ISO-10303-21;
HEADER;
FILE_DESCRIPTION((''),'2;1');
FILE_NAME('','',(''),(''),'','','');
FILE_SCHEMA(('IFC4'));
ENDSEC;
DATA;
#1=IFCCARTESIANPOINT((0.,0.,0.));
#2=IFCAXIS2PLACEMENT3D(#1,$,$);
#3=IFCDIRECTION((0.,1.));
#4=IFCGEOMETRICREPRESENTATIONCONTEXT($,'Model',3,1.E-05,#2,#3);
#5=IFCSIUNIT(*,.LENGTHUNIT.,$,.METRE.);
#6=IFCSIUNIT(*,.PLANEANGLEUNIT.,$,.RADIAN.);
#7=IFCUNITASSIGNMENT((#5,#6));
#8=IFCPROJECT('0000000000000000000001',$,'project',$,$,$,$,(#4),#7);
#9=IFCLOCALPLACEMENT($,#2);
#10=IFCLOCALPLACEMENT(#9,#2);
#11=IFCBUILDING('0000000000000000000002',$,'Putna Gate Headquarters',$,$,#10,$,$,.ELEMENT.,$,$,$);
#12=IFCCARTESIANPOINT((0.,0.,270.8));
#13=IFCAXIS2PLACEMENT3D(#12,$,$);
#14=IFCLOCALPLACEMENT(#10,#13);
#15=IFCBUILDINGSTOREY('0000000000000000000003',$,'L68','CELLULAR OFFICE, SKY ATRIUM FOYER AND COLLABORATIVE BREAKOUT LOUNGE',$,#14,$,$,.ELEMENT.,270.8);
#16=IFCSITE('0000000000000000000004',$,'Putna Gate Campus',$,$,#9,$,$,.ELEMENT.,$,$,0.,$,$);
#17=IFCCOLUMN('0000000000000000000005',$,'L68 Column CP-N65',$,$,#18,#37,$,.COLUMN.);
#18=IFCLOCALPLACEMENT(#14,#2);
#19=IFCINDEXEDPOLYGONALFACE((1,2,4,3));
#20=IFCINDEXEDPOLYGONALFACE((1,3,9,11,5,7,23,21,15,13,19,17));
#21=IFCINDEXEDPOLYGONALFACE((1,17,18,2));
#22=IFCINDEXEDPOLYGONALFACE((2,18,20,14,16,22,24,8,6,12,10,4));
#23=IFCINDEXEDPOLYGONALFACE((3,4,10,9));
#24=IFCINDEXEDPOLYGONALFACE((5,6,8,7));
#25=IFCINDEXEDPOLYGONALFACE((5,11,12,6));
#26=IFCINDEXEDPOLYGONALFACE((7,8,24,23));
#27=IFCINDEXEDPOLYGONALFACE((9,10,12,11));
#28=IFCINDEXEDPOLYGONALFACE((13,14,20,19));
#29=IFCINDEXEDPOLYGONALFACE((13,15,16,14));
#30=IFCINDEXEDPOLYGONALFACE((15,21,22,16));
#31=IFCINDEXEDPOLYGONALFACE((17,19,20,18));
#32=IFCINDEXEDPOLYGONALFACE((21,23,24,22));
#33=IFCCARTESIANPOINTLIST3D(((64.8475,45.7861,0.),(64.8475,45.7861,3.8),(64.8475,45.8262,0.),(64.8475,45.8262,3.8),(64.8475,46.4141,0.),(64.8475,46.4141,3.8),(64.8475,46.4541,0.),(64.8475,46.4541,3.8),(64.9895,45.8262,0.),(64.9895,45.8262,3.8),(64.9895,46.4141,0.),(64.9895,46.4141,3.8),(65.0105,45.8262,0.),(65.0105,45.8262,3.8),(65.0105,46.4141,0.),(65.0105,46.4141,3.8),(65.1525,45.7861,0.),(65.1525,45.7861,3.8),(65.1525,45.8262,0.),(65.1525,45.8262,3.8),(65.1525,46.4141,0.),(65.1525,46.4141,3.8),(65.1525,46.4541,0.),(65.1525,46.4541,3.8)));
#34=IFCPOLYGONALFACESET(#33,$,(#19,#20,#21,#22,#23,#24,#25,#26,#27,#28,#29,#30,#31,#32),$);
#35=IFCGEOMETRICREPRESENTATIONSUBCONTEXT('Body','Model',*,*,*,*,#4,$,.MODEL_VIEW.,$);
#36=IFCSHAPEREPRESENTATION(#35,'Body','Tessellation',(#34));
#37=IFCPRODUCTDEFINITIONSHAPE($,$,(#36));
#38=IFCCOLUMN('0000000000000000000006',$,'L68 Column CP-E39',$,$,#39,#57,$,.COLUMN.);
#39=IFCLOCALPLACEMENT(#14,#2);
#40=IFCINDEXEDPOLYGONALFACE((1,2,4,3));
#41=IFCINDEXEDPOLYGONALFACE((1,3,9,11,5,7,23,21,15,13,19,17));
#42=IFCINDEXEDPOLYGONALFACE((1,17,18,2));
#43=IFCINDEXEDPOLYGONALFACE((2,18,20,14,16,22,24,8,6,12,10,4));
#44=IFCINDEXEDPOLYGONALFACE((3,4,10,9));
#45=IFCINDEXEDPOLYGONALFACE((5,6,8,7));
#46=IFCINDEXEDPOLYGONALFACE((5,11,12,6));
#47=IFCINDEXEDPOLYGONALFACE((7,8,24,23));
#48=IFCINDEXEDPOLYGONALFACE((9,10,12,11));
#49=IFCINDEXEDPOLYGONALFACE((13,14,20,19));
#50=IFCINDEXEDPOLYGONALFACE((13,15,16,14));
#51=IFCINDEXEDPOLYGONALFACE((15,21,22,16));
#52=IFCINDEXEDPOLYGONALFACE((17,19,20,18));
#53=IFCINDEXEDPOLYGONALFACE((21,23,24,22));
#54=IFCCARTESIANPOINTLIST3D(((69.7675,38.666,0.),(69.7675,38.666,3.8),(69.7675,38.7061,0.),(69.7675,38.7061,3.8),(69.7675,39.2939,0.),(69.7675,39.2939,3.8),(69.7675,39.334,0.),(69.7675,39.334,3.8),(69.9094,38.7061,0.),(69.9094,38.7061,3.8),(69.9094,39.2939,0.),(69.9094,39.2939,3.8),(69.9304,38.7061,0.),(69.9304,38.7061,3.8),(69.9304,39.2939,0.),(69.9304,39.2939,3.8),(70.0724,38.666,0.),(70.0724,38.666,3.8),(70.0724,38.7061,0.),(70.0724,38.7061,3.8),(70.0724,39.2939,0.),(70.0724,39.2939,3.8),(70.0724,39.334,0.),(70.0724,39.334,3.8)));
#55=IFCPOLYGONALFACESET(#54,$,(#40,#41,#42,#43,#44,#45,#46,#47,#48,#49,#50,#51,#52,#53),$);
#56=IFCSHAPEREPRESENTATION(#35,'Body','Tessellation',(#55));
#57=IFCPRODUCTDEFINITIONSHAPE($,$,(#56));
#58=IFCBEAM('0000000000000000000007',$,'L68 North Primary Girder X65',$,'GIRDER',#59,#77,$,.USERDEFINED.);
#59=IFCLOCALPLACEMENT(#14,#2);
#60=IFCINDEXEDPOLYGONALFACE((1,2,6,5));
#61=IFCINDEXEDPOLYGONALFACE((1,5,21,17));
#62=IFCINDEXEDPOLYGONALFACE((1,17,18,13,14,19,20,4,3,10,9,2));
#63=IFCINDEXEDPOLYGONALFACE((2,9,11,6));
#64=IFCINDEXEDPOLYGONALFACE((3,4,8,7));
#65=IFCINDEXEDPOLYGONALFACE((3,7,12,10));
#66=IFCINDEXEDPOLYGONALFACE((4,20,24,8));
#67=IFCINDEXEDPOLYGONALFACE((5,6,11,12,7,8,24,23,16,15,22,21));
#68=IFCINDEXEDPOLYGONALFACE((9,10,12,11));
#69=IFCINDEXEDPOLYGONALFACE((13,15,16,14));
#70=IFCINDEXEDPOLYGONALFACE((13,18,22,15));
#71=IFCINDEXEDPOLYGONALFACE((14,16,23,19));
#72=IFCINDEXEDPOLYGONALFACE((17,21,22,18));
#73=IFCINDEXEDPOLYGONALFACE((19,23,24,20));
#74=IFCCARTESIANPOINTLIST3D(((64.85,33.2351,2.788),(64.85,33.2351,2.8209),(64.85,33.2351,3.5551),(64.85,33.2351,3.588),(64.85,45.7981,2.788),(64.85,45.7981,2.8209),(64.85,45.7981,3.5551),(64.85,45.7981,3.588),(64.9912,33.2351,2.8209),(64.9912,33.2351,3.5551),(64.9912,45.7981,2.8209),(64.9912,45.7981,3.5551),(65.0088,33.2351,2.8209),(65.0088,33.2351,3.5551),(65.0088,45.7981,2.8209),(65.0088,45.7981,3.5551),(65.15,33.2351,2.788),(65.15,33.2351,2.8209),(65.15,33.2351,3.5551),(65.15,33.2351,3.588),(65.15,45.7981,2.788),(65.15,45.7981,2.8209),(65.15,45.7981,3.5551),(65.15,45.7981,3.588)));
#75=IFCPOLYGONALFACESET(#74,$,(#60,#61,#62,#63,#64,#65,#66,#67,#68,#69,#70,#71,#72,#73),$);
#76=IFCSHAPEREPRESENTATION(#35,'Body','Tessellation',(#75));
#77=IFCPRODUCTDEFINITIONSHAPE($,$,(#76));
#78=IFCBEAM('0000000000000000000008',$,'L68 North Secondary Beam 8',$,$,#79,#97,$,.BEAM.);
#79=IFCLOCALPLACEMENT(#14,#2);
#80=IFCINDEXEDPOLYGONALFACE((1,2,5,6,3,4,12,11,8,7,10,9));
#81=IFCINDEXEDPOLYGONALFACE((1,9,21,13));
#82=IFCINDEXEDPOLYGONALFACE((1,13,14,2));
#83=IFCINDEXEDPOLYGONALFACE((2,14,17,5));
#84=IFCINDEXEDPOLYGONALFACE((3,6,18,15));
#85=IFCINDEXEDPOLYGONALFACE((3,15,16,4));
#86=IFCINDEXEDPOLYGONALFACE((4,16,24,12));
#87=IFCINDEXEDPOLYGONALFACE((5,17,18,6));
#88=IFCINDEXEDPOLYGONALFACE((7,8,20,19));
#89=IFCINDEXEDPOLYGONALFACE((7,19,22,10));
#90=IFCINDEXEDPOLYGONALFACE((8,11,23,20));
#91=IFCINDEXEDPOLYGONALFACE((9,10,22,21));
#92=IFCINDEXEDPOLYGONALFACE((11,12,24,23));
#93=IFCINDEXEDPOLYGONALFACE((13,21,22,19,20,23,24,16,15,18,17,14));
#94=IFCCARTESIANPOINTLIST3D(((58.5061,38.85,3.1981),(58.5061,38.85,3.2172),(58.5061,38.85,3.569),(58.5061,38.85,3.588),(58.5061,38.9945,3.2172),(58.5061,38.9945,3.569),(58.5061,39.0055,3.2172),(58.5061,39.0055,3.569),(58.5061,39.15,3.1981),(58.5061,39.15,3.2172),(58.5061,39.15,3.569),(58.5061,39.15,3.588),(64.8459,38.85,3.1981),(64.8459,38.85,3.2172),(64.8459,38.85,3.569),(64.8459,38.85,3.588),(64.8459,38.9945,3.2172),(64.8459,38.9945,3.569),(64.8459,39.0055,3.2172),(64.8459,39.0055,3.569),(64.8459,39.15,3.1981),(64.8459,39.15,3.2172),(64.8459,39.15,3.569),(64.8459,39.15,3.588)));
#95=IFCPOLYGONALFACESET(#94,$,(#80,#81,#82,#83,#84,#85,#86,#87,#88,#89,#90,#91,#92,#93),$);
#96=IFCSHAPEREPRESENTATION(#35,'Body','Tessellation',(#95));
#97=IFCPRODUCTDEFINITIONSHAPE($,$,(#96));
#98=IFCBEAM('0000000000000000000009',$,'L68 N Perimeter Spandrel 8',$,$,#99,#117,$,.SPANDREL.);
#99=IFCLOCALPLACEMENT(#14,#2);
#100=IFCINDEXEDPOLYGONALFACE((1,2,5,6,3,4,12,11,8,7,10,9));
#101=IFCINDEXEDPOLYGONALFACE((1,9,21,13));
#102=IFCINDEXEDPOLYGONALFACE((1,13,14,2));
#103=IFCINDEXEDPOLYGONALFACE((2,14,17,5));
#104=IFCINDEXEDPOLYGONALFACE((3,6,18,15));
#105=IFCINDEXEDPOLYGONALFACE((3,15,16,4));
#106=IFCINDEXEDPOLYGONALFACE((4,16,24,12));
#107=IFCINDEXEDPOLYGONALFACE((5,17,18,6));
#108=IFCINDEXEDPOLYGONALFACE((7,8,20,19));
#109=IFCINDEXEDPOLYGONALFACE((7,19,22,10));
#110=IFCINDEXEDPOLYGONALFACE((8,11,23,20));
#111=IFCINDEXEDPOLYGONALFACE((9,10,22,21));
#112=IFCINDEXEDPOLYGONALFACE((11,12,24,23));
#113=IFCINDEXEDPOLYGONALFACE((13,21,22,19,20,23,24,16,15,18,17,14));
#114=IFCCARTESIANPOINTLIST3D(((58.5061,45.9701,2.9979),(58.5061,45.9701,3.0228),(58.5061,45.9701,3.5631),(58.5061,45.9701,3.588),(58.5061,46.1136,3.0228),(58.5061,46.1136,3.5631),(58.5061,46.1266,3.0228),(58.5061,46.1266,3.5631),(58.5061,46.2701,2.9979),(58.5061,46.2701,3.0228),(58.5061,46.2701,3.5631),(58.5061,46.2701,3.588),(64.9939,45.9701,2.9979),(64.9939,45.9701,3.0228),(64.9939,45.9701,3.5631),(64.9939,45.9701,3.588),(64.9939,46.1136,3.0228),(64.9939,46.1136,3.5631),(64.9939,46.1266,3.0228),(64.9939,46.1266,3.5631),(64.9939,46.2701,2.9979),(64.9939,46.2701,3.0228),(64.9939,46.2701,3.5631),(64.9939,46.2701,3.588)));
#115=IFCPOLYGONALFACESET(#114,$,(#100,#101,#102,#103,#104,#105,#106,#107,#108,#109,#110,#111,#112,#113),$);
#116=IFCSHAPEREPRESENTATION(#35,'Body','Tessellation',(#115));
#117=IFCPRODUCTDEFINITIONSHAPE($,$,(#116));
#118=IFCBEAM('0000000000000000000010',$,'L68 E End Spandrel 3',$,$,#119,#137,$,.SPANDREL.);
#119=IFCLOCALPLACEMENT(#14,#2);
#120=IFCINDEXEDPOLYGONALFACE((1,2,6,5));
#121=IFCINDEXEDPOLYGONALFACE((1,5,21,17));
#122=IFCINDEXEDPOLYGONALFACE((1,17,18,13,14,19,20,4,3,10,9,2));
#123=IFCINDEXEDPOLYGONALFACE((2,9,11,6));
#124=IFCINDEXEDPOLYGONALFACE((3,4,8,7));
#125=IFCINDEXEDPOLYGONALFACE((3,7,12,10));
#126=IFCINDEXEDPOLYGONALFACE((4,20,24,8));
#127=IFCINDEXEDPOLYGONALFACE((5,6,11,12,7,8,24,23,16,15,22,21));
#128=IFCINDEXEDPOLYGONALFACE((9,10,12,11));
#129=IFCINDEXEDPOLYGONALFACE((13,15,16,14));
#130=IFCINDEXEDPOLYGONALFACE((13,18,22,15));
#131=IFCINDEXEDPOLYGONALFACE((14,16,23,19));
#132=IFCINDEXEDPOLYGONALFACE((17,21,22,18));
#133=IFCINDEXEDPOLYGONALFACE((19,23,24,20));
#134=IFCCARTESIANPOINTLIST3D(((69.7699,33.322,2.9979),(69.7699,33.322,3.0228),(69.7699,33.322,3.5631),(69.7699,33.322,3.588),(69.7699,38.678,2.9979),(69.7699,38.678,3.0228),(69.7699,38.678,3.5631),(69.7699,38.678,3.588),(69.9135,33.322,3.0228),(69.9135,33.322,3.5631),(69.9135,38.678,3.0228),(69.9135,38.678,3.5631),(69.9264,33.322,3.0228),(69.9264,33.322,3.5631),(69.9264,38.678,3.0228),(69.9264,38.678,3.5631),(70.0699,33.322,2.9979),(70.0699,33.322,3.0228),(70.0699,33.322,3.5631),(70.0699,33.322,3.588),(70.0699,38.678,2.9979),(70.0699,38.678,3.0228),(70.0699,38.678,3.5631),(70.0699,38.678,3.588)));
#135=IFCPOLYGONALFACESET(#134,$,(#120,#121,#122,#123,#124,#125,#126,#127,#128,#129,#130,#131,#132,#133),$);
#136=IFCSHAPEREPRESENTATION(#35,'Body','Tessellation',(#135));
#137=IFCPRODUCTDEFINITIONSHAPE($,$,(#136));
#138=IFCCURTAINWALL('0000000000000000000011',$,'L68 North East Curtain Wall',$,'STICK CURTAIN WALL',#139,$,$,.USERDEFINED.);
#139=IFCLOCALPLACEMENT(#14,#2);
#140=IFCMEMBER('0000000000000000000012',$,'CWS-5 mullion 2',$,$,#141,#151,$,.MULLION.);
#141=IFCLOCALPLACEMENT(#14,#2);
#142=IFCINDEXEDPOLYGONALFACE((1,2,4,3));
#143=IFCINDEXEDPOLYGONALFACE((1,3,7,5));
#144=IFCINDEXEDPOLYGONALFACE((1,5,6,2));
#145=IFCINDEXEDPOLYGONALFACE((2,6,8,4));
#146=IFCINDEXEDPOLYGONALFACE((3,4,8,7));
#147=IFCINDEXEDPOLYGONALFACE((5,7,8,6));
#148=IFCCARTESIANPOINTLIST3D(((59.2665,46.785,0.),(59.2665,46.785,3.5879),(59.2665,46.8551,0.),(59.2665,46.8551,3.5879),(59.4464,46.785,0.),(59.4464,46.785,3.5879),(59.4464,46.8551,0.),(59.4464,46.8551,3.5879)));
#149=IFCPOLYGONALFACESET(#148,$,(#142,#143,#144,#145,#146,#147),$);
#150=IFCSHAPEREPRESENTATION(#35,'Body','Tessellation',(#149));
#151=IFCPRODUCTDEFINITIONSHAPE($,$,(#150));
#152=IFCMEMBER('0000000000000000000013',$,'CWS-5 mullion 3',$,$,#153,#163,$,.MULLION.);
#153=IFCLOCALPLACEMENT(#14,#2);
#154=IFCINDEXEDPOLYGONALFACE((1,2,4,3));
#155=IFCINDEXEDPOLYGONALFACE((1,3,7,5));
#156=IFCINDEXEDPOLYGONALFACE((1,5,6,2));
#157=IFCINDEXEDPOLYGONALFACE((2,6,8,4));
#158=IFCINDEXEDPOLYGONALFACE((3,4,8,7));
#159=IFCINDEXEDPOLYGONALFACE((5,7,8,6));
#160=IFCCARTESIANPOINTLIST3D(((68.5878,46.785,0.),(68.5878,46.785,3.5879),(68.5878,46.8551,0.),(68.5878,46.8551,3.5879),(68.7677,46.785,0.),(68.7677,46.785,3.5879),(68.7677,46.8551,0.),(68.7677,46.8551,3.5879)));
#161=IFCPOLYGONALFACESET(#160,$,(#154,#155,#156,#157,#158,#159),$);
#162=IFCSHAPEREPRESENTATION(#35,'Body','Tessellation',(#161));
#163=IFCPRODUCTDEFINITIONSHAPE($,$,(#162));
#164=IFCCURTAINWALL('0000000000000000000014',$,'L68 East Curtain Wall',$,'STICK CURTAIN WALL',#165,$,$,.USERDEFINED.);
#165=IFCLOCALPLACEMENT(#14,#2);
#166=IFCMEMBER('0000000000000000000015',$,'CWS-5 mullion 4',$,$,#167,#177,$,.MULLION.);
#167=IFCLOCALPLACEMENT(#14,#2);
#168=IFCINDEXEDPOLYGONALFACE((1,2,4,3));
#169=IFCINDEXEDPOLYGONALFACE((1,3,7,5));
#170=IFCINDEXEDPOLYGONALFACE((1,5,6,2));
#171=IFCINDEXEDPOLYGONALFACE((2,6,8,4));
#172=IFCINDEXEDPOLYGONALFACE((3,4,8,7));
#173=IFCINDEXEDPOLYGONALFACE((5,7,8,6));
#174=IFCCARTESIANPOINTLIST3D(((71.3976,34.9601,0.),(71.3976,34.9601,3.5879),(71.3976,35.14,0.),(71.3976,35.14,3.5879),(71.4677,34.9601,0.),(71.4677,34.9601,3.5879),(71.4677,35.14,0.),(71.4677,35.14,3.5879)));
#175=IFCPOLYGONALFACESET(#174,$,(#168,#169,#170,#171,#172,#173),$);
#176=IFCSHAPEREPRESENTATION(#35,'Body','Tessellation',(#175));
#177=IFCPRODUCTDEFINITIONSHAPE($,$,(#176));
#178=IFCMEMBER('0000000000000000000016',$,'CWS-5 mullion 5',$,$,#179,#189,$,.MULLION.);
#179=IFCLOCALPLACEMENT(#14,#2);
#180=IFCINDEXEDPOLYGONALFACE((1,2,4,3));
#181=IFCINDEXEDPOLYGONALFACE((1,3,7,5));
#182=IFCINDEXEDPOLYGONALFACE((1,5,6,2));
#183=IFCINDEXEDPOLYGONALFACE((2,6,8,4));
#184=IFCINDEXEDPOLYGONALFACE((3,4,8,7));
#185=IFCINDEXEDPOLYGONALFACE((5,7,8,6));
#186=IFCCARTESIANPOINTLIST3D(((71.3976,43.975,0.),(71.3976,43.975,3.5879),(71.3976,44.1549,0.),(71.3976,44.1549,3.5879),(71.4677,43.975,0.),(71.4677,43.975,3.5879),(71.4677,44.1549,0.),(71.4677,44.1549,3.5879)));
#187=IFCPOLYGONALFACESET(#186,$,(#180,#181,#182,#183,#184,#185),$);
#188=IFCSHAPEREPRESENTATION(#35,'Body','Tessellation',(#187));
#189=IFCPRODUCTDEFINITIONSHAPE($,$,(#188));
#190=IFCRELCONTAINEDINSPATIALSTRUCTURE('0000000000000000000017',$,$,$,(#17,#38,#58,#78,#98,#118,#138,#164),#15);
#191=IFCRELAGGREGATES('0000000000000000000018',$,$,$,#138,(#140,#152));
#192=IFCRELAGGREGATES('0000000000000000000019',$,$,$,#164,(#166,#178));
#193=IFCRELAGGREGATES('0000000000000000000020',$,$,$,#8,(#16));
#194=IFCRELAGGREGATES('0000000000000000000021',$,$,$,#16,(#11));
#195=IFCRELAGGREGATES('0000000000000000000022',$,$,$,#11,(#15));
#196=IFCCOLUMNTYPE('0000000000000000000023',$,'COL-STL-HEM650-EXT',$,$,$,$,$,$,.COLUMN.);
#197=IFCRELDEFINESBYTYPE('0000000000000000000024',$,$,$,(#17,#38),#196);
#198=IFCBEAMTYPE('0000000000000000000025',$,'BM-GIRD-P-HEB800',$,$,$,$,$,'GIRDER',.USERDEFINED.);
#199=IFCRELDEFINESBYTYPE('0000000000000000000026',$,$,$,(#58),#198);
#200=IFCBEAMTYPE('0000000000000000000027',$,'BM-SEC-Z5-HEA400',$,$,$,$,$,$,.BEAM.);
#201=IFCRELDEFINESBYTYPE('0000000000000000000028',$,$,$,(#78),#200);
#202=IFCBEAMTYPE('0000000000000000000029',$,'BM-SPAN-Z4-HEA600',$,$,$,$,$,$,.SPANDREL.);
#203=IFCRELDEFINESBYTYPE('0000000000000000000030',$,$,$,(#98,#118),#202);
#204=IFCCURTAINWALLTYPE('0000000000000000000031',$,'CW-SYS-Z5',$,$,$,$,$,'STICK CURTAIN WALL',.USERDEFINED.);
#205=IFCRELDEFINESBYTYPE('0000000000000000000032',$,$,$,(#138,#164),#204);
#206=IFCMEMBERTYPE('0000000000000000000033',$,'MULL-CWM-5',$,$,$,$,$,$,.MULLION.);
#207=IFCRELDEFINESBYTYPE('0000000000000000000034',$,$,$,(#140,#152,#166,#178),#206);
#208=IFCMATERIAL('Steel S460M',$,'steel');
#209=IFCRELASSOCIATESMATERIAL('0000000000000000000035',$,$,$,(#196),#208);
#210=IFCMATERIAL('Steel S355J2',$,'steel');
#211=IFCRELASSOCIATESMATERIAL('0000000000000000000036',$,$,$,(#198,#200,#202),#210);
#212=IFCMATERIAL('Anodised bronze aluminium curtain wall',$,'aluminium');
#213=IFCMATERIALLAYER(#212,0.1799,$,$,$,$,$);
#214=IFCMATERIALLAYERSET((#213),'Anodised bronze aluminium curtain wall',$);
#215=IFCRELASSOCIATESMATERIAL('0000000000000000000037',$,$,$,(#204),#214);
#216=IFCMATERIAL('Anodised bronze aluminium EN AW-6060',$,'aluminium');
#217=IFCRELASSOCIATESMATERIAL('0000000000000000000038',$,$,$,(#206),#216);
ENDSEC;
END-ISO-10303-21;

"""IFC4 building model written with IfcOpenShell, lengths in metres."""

from ifc_helpers import new_model, si_unit, direction, frame, origin, origin_2d, place, context, subcontext, project, spatial, rectangle, i_section, extrude, material, layer, layer_set, material_profile, profile_set, type_object, element, aggregate, save


model = new_model("IFC4")

# Units and contexts
model_context = context("Model", 3, precision=1e-05, world=origin(), true_north=direction((0.0, 1.0)))
body_context = subcontext(model_context, "Body", "Model", "MODEL_VIEW")
ifc_project = project(units=[si_unit("LENGTHUNIT", "METRE"), si_unit("PLANEANGLEUNIT", "RADIAN")], contexts=[model_context])

# Site, building, storey
site_placement = place(None, origin())
site = spatial("IfcSite", under=ifc_project, at=site_placement, Name="Putna Gate Campus", CompositionType="ELEMENT", RefElevation=0.0)
building_placement = place(site_placement, origin())
building = spatial("IfcBuilding", under=site, at=building_placement, Name="Putna Gate Headquarters", CompositionType="ELEMENT")
storey_placement = place(building_placement, frame((0.0, 0.0, 270.8)))
storey = spatial("IfcBuildingStorey", under=building, at=storey_placement, Name="L68", Description="CELLULAR OFFICE, SKY ATRIUM FOYER AND COLLABORATIVE BREAKOUT LOUNGE", CompositionType="ELEMENT", Elevation=270.8)

# Columns
ifc_material_1 = material(Name="Steel S460M", Category="steel")
ifc_material_profile_1 = material_profile(ifc_material_1, i_section(OverallWidth=0.3049, OverallDepth=0.668, WebThickness=0.021, FlangeThickness=0.04, at=origin_2d()), Name="Steel S460M")
ifc_profile_set_1 = profile_set([ifc_material_profile_1], Name="Steel S460M")
column_type = type_object("IfcColumnType", Name="COL-STL-HEM650-EXT", PredefinedType="COLUMN", material=ifc_profile_set_1)
for number, where, z_axis, x_axis, name in (
    (1, (65.0, 46.1201, 0.0), (0.0, 0.0, 1.0), (1.0, 0.0, 0.0), "L68 Column CP-N65"),
    (2, (69.9199, 39.0, 0.0), (0.0, 0.0, 1.0), (1.0, 0.0, 0.0), "L68 Column CP-E39"),
):
    element("IfcColumn", number, at=place(storey_placement, frame(where, z_axis=z_axis, x_axis=x_axis)), inside=storey, type_object=column_type, Name=name, PredefinedType="COLUMN", context=body_context, shape_type="SweptSolid", body=[
        extrude(i_section(OverallWidth=0.3049, OverallDepth=0.668, WebThickness=0.021, FlangeThickness=0.04, at=origin_2d()), origin(), (0.0, 0.0, 1.0), 3.8),
    ])

# Beams
ifc_material_2 = material(Name="Steel S355J2", Category="steel")
ifc_material_profile_2 = material_profile(ifc_material_2, i_section(OverallWidth=0.3, OverallDepth=0.8, WebThickness=0.0176, FlangeThickness=0.033, at=origin_2d()), Name="Steel S355J2")
ifc_profile_set_2 = profile_set([ifc_material_profile_2], Name="Steel S355J2")
beam_type_1 = type_object("IfcBeamType", Name="BM-GIRD-P-HEB800", ElementType="GIRDER", PredefinedType="USERDEFINED", material=ifc_profile_set_2)
beam_1_placement = place(storey_placement, frame((65.0, 33.2351, 3.188), z_axis=(0.0, 1.0, 0.0), x_axis=(-1.0, 0.0, 0.0)))
element("IfcBeam", 3, at=beam_1_placement, inside=storey, type_object=beam_type_1, Name="L68 North Primary Girder X65", ObjectType="GIRDER", PredefinedType="USERDEFINED", context=body_context, shape_type="SweptSolid", body=[
    extrude(i_section(OverallWidth=0.3, OverallDepth=0.8, WebThickness=0.0176, FlangeThickness=0.033, at=origin_2d()), origin(), (0.0, 0.0, 1.0), 12.563),
])
ifc_material_profile_3 = material_profile(ifc_material_2, i_section(OverallWidth=0.3, OverallDepth=0.3899, WebThickness=0.011, FlangeThickness=0.019, at=origin_2d()), Name="Steel S355J2")
ifc_profile_set_3 = profile_set([ifc_material_profile_3], Name="Steel S355J2")
beam_type_2 = type_object("IfcBeamType", Name="BM-SEC-Z5-HEA400", PredefinedType="BEAM", material=ifc_profile_set_3)
beam_2_placement = place(storey_placement, frame((58.5061, 39.0, 3.3931), z_axis=(1.0, 0.0, 0.0), x_axis=(0.0, 1.0, 0.0)))
element("IfcBeam", 4, at=beam_2_placement, inside=storey, type_object=beam_type_2, Name="L68 North Secondary Beam 8", PredefinedType="BEAM", context=body_context, shape_type="SweptSolid", body=[
    extrude(i_section(OverallWidth=0.3, OverallDepth=0.3899, WebThickness=0.011, FlangeThickness=0.019, at=origin_2d()), origin(), (0.0, 0.0, 1.0), 6.3398),
])
ifc_material_profile_4 = material_profile(ifc_material_2, i_section(OverallWidth=0.3, OverallDepth=0.5901, WebThickness=0.0129, FlangeThickness=0.0249, at=origin_2d()), Name="Steel S355J2")
ifc_profile_set_4 = profile_set([ifc_material_profile_4], Name="Steel S355J2")
beam_type_3 = type_object("IfcBeamType", Name="BM-SPAN-Z4-HEA600", PredefinedType="SPANDREL", material=ifc_profile_set_4)
beam_3_placement = place(storey_placement, frame((58.5061, 46.1201, 3.293), z_axis=(1.0, 0.0, 0.0), x_axis=(0.0, 1.0, 0.0)))
element("IfcBeam", 5, at=beam_3_placement, inside=storey, type_object=beam_type_3, Name="L68 N Perimeter Spandrel 8", PredefinedType="SPANDREL", context=body_context, shape_type="SweptSolid", body=[
    extrude(i_section(OverallWidth=0.3, OverallDepth=0.5901, WebThickness=0.0129, FlangeThickness=0.0249, at=origin_2d()), origin(), (0.0, 0.0, 1.0), 6.4878),
])
beam_4_placement = place(storey_placement, frame((69.9199, 33.322, 3.293), z_axis=(0.0, 1.0, 0.0), x_axis=(-1.0, 0.0, 0.0)))
element("IfcBeam", 6, at=beam_4_placement, inside=storey, type_object=beam_type_3, Name="L68 E End Spandrel 3", PredefinedType="SPANDREL", context=body_context, shape_type="SweptSolid", body=[
    extrude(i_section(OverallWidth=0.3, OverallDepth=0.5901, WebThickness=0.0129, FlangeThickness=0.0249, at=origin_2d()), origin(), (0.0, 0.0, 1.0), 5.356),
])

# Curtain walls, members
ifc_material_3 = material(Name="Anodised bronze aluminium curtain wall", Category="aluminium")
ifc_layer_1 = layer(ifc_material_3, 0.1799)
ifc_layer_set_1 = layer_set([ifc_layer_1], Name="Anodised bronze aluminium curtain wall")
curtain_wall_type = type_object("IfcCurtainWallType", Name="CW-SYS-Z5", ElementType="STICK CURTAIN WALL", PredefinedType="USERDEFINED", material=ifc_layer_set_1)
curtain_wall_1_placement = place(storey_placement, origin())
curtain_wall_1 = element("IfcCurtainWall", 7, at=curtain_wall_1_placement, inside=storey, type_object=curtain_wall_type, Name="L68 North East Curtain Wall", ObjectType="STICK CURTAIN WALL", PredefinedType="USERDEFINED")
ifc_material_4 = material(Name="Anodised bronze aluminium EN AW-6060", Category="aluminium")
ifc_material_profile_5 = material_profile(ifc_material_4, rectangle(XDim=0.0701, YDim=0.1799, at=origin_2d()), Name="Anodised bronze aluminium EN AW-6060")
ifc_profile_set_5 = profile_set([ifc_material_profile_5], Name="Anodised bronze aluminium EN AW-6060")
member_type_1 = type_object("IfcMemberType", Name="MULL-CWM-5", PredefinedType="MULLION", material=ifc_profile_set_5)
member_1_placement = place(storey_placement, frame((59.3564, 46.8201, 0.0), z_axis=(0.0, 0.0, 1.0), x_axis=(0.0, 1.0, 0.0)))
member_1 = element("IfcMember", 8, at=member_1_placement, type_object=member_type_1, Name="CWS-5 mullion 2", PredefinedType="MULLION", context=body_context, shape_type="SweptSolid", body=[
    extrude(rectangle(XDim=0.0701, YDim=0.1799, at=origin_2d()), origin(), (0.0, 0.0, 1.0), 3.5879),
])
member_2_placement = place(storey_placement, frame((68.6777, 46.8201, 0.0), z_axis=(0.0, 0.0, 1.0), x_axis=(0.0, 1.0, 0.0)))
member_2 = element("IfcMember", 9, at=member_2_placement, type_object=member_type_1, Name="CWS-5 mullion 3", PredefinedType="MULLION", context=body_context, shape_type="SweptSolid", body=[
    extrude(rectangle(XDim=0.0701, YDim=0.1799, at=origin_2d()), origin(), (0.0, 0.0, 1.0), 3.5879),
])
curtain_wall_2_placement = place(storey_placement, origin())
curtain_wall_2 = element("IfcCurtainWall", 10, at=curtain_wall_2_placement, inside=storey, type_object=curtain_wall_type, Name="L68 East Curtain Wall", ObjectType="STICK CURTAIN WALL", PredefinedType="USERDEFINED")
member_3_placement = place(storey_placement, frame((71.4326, 35.05, 0.0), z_axis=(0.0, 0.0, 1.0), x_axis=(-1.0, 0.0, 0.0)))
member_3 = element("IfcMember", 11, at=member_3_placement, type_object=member_type_1, Name="CWS-5 mullion 4", PredefinedType="MULLION", context=body_context, shape_type="SweptSolid", body=[
    extrude(rectangle(XDim=0.0701, YDim=0.1799, at=origin_2d()), origin(), (0.0, 0.0, 1.0), 3.5879),
])
member_4_placement = place(storey_placement, frame((71.4326, 44.0649, 0.0), z_axis=(0.0, 0.0, 1.0), x_axis=(-1.0, 0.0, 0.0)))
member_4 = element("IfcMember", 12, at=member_4_placement, type_object=member_type_1, Name="CWS-5 mullion 5", PredefinedType="MULLION", context=body_context, shape_type="SweptSolid", body=[
    extrude(rectangle(XDim=0.0701, YDim=0.1799, at=origin_2d()), origin(), (0.0, 0.0, 1.0), 3.5879),
])

aggregate(curtain_wall_1, [member_1, member_2])
aggregate(curtain_wall_2, [member_3, member_4])

save(model, "model.ifc")
